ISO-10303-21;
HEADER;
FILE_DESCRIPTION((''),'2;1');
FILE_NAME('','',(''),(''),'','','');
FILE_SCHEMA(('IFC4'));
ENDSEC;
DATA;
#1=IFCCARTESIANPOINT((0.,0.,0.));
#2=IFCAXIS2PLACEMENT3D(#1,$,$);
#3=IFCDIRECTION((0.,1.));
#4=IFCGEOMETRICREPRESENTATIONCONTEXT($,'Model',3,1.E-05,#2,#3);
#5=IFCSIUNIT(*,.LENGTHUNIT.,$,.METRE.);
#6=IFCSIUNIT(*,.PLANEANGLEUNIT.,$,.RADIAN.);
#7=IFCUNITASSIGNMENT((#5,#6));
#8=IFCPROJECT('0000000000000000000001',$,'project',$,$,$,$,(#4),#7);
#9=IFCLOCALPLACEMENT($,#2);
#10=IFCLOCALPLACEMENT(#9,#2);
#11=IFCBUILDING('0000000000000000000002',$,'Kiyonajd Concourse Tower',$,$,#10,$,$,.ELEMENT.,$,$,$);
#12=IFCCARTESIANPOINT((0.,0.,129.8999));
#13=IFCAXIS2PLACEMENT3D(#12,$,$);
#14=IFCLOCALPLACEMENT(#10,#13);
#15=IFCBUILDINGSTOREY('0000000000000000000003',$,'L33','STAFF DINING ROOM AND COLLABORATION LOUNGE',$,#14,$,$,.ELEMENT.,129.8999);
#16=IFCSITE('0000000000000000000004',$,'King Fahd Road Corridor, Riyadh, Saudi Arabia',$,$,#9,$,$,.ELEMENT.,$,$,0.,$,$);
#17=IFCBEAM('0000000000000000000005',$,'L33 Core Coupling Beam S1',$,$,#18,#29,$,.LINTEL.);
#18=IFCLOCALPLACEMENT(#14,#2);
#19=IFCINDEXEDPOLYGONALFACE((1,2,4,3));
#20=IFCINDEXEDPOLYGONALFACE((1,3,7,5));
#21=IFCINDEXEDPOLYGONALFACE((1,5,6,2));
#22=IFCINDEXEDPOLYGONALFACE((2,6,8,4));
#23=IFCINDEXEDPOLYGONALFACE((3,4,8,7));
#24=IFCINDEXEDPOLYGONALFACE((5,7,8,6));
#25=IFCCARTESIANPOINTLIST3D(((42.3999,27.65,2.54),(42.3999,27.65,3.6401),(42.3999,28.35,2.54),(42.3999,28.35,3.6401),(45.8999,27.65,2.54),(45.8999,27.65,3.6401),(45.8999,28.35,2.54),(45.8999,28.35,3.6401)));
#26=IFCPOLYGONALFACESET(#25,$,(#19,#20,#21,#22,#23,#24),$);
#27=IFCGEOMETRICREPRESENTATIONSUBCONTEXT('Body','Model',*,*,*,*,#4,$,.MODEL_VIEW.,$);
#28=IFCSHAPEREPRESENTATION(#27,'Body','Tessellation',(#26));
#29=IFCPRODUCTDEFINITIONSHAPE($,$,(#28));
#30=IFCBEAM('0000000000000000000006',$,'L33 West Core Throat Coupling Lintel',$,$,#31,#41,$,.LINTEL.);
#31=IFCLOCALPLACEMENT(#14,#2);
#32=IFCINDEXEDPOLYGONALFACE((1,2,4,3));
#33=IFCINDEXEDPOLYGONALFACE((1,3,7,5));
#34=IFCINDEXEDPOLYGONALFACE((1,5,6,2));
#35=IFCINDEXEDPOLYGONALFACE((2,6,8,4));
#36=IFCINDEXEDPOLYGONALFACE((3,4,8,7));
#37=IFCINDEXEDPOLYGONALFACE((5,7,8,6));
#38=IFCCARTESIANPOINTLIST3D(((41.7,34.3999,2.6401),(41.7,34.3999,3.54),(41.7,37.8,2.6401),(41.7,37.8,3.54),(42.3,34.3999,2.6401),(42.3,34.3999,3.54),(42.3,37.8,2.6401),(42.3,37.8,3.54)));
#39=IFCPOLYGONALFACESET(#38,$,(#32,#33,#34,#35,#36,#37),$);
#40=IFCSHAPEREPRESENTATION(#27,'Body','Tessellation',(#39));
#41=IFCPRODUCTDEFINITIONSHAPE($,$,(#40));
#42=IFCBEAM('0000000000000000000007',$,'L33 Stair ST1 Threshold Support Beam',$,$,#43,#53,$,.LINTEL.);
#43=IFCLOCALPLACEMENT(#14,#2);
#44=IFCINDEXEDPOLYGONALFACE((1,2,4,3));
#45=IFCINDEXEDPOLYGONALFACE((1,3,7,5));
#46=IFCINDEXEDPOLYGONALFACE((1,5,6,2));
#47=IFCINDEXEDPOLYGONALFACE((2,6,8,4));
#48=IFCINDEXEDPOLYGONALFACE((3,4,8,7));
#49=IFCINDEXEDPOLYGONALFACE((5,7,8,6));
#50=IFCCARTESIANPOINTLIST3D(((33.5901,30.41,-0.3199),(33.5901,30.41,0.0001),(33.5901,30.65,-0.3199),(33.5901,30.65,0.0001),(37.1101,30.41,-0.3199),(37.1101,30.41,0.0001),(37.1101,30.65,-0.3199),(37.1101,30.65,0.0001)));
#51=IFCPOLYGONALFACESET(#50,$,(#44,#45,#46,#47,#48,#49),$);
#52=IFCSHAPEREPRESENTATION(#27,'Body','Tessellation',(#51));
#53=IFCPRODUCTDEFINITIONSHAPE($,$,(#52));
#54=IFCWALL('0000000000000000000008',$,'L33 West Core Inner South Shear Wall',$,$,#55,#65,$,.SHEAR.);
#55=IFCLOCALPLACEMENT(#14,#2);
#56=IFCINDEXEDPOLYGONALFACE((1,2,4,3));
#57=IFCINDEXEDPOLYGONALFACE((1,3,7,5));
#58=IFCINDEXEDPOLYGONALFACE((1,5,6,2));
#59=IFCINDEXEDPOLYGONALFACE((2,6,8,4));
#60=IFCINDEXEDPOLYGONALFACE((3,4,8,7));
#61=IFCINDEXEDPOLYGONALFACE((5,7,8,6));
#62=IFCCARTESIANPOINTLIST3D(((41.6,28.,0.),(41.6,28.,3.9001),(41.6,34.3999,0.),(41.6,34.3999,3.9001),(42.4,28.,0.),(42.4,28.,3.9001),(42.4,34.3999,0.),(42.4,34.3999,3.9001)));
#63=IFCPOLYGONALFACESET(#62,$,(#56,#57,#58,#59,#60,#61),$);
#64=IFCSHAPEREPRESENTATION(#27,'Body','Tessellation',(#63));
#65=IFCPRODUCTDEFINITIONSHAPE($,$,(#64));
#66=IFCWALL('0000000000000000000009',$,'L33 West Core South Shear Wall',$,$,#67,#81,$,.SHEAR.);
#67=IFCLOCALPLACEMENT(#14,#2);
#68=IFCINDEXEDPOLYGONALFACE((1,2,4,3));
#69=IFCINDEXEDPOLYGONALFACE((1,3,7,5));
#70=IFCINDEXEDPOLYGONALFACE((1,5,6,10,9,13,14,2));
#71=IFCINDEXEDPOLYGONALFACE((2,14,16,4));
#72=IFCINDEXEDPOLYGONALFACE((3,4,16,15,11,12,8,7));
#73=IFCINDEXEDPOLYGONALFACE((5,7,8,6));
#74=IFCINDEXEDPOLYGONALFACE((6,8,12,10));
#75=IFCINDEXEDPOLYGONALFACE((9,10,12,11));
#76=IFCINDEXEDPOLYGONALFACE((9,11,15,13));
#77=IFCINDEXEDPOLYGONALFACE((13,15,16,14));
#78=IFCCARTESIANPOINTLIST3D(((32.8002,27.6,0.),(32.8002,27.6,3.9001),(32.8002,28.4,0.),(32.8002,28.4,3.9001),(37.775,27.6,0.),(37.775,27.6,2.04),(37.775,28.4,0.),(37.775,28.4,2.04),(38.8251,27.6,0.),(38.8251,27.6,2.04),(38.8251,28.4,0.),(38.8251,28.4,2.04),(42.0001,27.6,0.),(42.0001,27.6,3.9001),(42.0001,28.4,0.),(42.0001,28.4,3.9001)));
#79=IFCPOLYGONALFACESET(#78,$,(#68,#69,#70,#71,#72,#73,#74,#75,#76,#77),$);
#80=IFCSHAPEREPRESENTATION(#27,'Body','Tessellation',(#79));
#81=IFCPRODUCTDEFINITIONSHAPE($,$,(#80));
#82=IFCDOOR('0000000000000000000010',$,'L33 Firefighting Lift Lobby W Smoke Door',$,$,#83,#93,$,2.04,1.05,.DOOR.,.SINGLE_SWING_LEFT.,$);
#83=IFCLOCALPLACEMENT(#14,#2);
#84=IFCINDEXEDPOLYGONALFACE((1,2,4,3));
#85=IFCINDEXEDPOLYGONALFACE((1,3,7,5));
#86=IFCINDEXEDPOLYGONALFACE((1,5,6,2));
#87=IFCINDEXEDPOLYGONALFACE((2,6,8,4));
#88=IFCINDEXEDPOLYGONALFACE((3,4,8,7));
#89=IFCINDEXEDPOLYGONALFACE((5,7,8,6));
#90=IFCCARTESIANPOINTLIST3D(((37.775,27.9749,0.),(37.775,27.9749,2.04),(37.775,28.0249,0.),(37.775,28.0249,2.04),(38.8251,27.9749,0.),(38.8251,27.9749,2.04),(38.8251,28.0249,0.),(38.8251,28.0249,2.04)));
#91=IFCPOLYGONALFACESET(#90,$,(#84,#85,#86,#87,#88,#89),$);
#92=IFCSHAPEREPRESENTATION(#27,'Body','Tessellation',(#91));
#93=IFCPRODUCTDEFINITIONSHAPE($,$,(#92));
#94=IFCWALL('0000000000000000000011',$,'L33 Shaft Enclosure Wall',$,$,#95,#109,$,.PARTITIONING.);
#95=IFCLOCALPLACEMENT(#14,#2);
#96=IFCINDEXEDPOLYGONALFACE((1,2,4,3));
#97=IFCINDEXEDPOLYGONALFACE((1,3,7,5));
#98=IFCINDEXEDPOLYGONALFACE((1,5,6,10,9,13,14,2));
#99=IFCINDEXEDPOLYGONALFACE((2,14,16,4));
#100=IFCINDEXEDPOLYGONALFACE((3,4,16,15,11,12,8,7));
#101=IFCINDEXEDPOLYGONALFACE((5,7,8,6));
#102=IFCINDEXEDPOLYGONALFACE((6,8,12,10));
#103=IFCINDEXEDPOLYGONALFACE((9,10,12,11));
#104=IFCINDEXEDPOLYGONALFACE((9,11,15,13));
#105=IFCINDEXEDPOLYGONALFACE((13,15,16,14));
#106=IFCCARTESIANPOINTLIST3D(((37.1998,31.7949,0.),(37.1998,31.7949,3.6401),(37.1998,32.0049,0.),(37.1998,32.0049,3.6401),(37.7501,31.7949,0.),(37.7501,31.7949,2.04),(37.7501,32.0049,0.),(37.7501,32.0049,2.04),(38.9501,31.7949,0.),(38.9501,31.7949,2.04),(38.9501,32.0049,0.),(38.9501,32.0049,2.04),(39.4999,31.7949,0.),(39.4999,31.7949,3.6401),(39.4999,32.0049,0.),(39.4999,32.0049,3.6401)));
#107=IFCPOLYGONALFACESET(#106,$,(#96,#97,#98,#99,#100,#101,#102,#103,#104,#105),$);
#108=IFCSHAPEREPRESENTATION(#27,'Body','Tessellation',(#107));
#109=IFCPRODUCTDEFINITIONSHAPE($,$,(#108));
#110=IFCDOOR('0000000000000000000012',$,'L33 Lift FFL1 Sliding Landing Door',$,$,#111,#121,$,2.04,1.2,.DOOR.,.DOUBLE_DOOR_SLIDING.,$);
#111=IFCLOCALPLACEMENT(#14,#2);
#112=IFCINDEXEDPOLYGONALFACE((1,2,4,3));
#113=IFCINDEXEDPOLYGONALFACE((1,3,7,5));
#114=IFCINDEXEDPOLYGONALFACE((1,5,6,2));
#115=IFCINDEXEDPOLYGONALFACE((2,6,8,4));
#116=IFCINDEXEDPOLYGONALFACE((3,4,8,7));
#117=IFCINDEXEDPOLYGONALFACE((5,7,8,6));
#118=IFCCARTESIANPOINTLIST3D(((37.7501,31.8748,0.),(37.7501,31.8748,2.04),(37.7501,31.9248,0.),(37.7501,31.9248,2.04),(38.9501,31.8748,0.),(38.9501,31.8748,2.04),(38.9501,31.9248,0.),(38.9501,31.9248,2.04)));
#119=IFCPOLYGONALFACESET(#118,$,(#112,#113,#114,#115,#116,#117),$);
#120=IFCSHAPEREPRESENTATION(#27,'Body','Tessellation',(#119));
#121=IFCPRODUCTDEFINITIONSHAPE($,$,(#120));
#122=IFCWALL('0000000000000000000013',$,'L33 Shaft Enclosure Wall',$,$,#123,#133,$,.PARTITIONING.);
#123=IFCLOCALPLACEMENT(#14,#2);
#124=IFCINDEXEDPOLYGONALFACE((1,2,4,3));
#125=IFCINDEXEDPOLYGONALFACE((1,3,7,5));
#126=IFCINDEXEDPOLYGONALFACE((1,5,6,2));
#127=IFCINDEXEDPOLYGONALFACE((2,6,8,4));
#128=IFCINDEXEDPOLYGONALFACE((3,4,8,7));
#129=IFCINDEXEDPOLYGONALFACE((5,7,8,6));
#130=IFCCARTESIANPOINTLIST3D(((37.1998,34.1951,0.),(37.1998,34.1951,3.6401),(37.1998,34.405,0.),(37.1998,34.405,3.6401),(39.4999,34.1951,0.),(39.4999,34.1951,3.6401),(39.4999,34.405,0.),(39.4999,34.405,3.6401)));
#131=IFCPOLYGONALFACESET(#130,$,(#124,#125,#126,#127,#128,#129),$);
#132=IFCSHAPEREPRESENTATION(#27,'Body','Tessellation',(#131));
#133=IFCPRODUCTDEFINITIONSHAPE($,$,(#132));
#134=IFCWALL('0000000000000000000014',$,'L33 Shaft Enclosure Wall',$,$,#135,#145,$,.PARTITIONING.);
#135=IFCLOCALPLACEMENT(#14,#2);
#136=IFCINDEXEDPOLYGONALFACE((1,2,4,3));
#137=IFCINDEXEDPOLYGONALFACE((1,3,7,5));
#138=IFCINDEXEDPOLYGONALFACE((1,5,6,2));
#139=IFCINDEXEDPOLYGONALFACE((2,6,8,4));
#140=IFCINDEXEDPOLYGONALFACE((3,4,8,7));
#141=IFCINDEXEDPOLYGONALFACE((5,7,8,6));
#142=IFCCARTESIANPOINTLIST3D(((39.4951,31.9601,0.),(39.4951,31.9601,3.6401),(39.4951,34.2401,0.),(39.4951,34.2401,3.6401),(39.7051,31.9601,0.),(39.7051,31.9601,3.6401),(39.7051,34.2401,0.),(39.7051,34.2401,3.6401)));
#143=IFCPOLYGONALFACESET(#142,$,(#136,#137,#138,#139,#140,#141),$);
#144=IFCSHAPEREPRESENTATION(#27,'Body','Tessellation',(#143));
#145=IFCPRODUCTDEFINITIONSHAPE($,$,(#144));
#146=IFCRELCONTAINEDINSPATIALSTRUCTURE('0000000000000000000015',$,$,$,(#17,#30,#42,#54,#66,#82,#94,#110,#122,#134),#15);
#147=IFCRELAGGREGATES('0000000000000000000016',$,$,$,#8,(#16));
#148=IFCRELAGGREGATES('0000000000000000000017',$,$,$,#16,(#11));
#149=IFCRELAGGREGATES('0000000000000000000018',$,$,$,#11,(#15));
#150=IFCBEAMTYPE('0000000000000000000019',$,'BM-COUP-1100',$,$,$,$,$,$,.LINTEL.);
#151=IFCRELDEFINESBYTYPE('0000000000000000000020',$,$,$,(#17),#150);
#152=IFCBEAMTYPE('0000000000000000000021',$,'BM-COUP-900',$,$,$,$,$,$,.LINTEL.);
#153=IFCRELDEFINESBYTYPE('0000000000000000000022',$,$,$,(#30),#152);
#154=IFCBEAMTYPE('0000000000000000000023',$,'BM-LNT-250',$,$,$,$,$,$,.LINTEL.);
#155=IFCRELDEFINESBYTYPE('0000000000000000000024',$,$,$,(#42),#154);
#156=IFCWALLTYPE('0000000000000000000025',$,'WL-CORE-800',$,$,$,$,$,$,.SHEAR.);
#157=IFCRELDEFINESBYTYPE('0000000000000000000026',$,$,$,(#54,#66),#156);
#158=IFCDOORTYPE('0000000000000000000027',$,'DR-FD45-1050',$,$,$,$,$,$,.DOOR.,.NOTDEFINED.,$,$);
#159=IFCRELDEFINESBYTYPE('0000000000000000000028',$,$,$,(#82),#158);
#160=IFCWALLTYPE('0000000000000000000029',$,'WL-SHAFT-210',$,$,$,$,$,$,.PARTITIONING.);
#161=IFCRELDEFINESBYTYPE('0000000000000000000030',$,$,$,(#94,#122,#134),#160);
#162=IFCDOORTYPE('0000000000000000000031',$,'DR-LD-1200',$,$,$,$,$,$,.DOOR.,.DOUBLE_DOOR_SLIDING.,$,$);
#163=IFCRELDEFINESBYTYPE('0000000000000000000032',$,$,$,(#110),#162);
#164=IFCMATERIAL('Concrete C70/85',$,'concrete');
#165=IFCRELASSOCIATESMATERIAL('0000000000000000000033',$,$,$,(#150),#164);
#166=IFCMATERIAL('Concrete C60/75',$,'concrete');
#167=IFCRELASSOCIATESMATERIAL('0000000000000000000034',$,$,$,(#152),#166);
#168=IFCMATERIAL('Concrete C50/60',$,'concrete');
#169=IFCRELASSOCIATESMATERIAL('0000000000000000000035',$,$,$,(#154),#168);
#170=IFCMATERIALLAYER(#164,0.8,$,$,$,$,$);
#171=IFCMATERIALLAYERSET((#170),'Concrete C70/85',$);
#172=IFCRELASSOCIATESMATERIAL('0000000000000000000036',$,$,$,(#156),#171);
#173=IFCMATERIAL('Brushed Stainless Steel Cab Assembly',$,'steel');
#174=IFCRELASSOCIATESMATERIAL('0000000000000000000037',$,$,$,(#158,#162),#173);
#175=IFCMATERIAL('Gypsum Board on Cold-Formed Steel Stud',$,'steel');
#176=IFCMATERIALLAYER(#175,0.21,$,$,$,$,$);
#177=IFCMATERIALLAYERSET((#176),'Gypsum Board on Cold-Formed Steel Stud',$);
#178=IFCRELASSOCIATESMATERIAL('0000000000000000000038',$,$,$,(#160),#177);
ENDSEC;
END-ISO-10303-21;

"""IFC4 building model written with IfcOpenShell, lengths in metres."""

from ifc_helpers import new_model, si_unit, direction, frame, frame_2d, origin, origin_2d, place, context, subcontext, project, spatial, rectangle, extrude, material, layer, layer_set, material_profile, profile_set, type_object, element, fill, save


model = new_model("IFC4")

# Units and contexts
model_context = context("Model", 3, precision=1e-05, world=origin(), true_north=direction((0.0, 1.0)))
body_context = subcontext(model_context, "Body", "Model", "MODEL_VIEW")
ifc_project = project(units=[si_unit("LENGTHUNIT", "METRE"), si_unit("PLANEANGLEUNIT", "RADIAN")], contexts=[model_context])

# Site, building, storey
site_placement = place(None, origin())
site = spatial("IfcSite", under=ifc_project, at=site_placement, Name="King Fahd Road Corridor, Riyadh, Saudi Arabia", CompositionType="ELEMENT", RefElevation=0.0)
building_placement = place(site_placement, origin())
building = spatial("IfcBuilding", under=site, at=building_placement, Name="Kiyonajd Concourse Tower", CompositionType="ELEMENT")
storey_placement = place(building_placement, frame((0.0, 0.0, 129.8999)))
storey = spatial("IfcBuildingStorey", under=building, at=storey_placement, Name="L33", Description="STAFF DINING ROOM AND COLLABORATION LOUNGE", CompositionType="ELEMENT", Elevation=129.8999)

# Beams
ifc_material_1 = material(Name="Concrete C70/85", Category="concrete")
ifc_material_profile_1 = material_profile(ifc_material_1, rectangle(XDim=0.7, YDim=1.1001, at=origin_2d()), Name="RCBM-700x1100")
ifc_profile_set_1 = profile_set([ifc_material_profile_1], Name="Concrete C70/85")
beam_type_1 = type_object("IfcBeamType", Name="BM-COUP-1100", PredefinedType="LINTEL", material=ifc_profile_set_1)
beam_1_placement = place(storey_placement, frame((42.3999, 28.0, 3.0901), z_axis=(1.0, 0.0, 0.0), x_axis=(0.0, 1.0, 0.0)))
element("IfcBeam", 1, at=beam_1_placement, inside=storey, type_object=beam_type_1, Name="L33 Core Coupling Beam S1", PredefinedType="LINTEL", context=body_context, shape_type="SweptSolid", body=[
    extrude(rectangle(XDim=0.7, YDim=1.1001, at=origin_2d()), origin(), (0.0, 0.0, 1.0), 3.5),
])
ifc_material_2 = material(Name="Concrete C60/75", Category="concrete")
ifc_material_profile_2 = material_profile(ifc_material_2, rectangle(XDim=0.6001, YDim=0.8999, at=origin_2d()), Name="RCBM-600x900")
ifc_profile_set_2 = profile_set([ifc_material_profile_2], Name="Concrete C60/75")
beam_type_2 = type_object("IfcBeamType", Name="BM-COUP-900", PredefinedType="LINTEL", material=ifc_profile_set_2)
beam_2_placement = place(storey_placement, frame((42.0, 34.3999, 3.0901), z_axis=(0.0, 1.0, 0.0), x_axis=(-1.0, 0.0, 0.0)))
element("IfcBeam", 2, at=beam_2_placement, inside=storey, type_object=beam_type_2, Name="L33 West Core Throat Coupling Lintel", PredefinedType="LINTEL", context=body_context, shape_type="SweptSolid", body=[
    extrude(rectangle(XDim=0.6001, YDim=0.8999, at=origin_2d()), origin(), (0.0, 0.0, 1.0), 3.4001),
])
ifc_material_3 = material(Name="Concrete C50/60", Category="concrete")
ifc_material_profile_3 = material_profile(ifc_material_3, rectangle(XDim=0.24, YDim=0.3201, at=origin_2d()), Name="RCBM-240x320")
ifc_profile_set_3 = profile_set([ifc_material_profile_3], Name="Concrete C50/60")
beam_type_3 = type_object("IfcBeamType", Name="BM-LNT-250", PredefinedType="LINTEL", material=ifc_profile_set_3)
beam_3_placement = place(storey_placement, frame((33.5901, 30.53, -0.1599), z_axis=(1.0, 0.0, 0.0), x_axis=(0.0, 1.0, 0.0)))
element("IfcBeam", 3, at=beam_3_placement, inside=storey, type_object=beam_type_3, Name="L33 Stair ST1 Threshold Support Beam", PredefinedType="LINTEL", context=body_context, shape_type="SweptSolid", body=[
    extrude(rectangle(XDim=0.24, YDim=0.3201, at=origin_2d()), origin(), (0.0, 0.0, 1.0), 3.52),
])

# Wall
ifc_layer_1 = layer(ifc_material_1, 0.8)
ifc_layer_set_1 = layer_set([ifc_layer_1], Name="Concrete C70/85")
wall_type_1 = type_object("IfcWallType", Name="WL-CORE-800", PredefinedType="SHEAR", material=ifc_layer_set_1)
wall_1_placement = place(storey_placement, frame((42.0, 28.0, 0.0), z_axis=(0.0, 0.0, 1.0), x_axis=(0.0, 1.0, 0.0)))
element("IfcWall", 4, at=wall_1_placement, inside=storey, type_object=wall_type_1, Name="L33 West Core Inner South Shear Wall", PredefinedType="SHEAR", context=body_context, shape_type="SweptSolid", body=[
    extrude(rectangle(XDim=6.3999, YDim=0.8, at=frame_2d((3.2, 0.0))), origin(), (0.0, 0.0, 1.0), 3.9001),
])

# Walls, openings, doors
wall_2_placement = place(storey_placement, frame((32.8, 28.0, 0.0), z_axis=(0.0, 0.0, 1.0), x_axis=(1.0, 0.0, 0.0)))
wall_2 = element("IfcWall", 5, at=wall_2_placement, inside=storey, type_object=wall_type_1, Name="L33 West Core South Shear Wall", PredefinedType="SHEAR", context=body_context, shape_type="SweptSolid", body=[
    extrude(rectangle(XDim=9.2, YDim=0.8, at=frame_2d((4.6001, 0.0))), origin(), (0.0, 0.0, 1.0), 3.9001),
])
opening_1_placement = place(wall_2_placement, frame((4.9751, 0.0, 0.0)))
opening_1 = element("IfcOpeningElement", 6, at=opening_1_placement, cuts=wall_2, PredefinedType="OPENING", context=body_context, shape_type="SweptSolid", body=[
    extrude(rectangle(XDim=1.05, YDim=2.04, at=frame_2d((0.5249, 1.02))), frame((0.0, 0.4099, 0.0), z_axis=(0.0, -1.0, 0.0), x_axis=(1.0, 0.0, 0.0)), (0.0, 0.0, 1.0), 0.8201),
])
ifc_material_4 = material(Name="Brushed Stainless Steel Cab Assembly", Category="steel")
door_type_1 = type_object("IfcDoorType", Name="DR-FD45-1050", OperationType="NOTDEFINED", PredefinedType="DOOR", material=ifc_material_4)
door_1_placement = place(opening_1_placement, origin())
door_1 = element("IfcDoor", 7, at=door_1_placement, inside=storey, type_object=door_type_1, Name="L33 Firefighting Lift Lobby W Smoke Door", OperationType="SINGLE_SWING_LEFT", OverallHeight=2.04, OverallWidth=1.05, PredefinedType="DOOR", context=body_context, shape_type="SweptSolid", body=[
    extrude(rectangle(XDim=1.05, YDim=2.04, at=frame_2d((0.5249, 1.02))), frame((0.0, 0.0249, 0.0), z_axis=(0.0, -1.0, 0.0), x_axis=(1.0, 0.0, 0.0)), (0.0, 0.0, 1.0), 0.05),
])
fill(opening_1, door_1)
ifc_material_5 = material(Name="Gypsum Board on Cold-Formed Steel Stud", Category="steel")
ifc_layer_2 = layer(ifc_material_5, 0.21)
ifc_layer_set_2 = layer_set([ifc_layer_2], Name="Gypsum Board on Cold-Formed Steel Stud")
wall_type_2 = type_object("IfcWallType", Name="WL-SHAFT-210", PredefinedType="PARTITIONING", material=ifc_layer_set_2)
wall_3_placement = place(storey_placement, frame((37.2, 31.8999, 0.0), z_axis=(0.0, 0.0, 1.0), x_axis=(1.0, 0.0, 0.0)))
wall_3 = element("IfcWall", 8, at=wall_3_placement, inside=storey, type_object=wall_type_2, Name="L33 Shaft Enclosure Wall", PredefinedType="PARTITIONING", context=body_context, shape_type="SweptSolid", body=[
    extrude(rectangle(XDim=2.3, YDim=0.21, at=frame_2d((1.1499, 0.0))), origin(), (0.0, 0.0, 1.0), 3.6401),
])
opening_2_placement = place(wall_3_placement, frame((0.55, 0.0, 0.0)))
opening_2 = element("IfcOpeningElement", 9, at=opening_2_placement, cuts=wall_3, PredefinedType="OPENING", context=body_context, shape_type="SweptSolid", body=[
    extrude(rectangle(XDim=1.2, YDim=2.04, at=frame_2d((0.6001, 1.02))), frame((0.0, 0.115, 0.0), z_axis=(0.0, -1.0, 0.0), x_axis=(1.0, 0.0, 0.0)), (0.0, 0.0, 1.0), 0.23),
])
door_type_2 = type_object("IfcDoorType", Name="DR-LD-1200", OperationType="DOUBLE_DOOR_SLIDING", PredefinedType="DOOR", material=ifc_material_4)
door_2_placement = place(opening_2_placement, origin())
door_2 = element("IfcDoor", 10, at=door_2_placement, inside=storey, type_object=door_type_2, Name="L33 Lift FFL1 Sliding Landing Door", OperationType="DOUBLE_DOOR_SLIDING", OverallHeight=2.04, OverallWidth=1.2, PredefinedType="DOOR", context=body_context, shape_type="SweptSolid", body=[
    extrude(rectangle(XDim=1.2, YDim=2.04, at=frame_2d((0.6001, 1.02))), frame((0.0, 0.0249, 0.0), z_axis=(0.0, -1.0, 0.0), x_axis=(1.0, 0.0, 0.0)), (0.0, 0.0, 1.0), 0.05),
])
fill(opening_2, door_2)

# Walls
wall_4_placement = place(storey_placement, frame((37.2, 34.3, 0.0), z_axis=(0.0, 0.0, 1.0), x_axis=(1.0, 0.0, 0.0)))
element("IfcWall", 11, at=wall_4_placement, inside=storey, type_object=wall_type_2, Name="L33 Shaft Enclosure Wall", PredefinedType="PARTITIONING", context=body_context, shape_type="SweptSolid", body=[
    extrude(rectangle(XDim=2.3, YDim=0.21, at=frame_2d((1.1499, 0.0))), origin(), (0.0, 0.0, 1.0), 3.6401),
])
wall_5_placement = place(storey_placement, frame((39.6001, 31.96, 0.0), z_axis=(0.0, 0.0, 1.0), x_axis=(0.0, 1.0, 0.0)))
element("IfcWall", 12, at=wall_5_placement, inside=storey, type_object=wall_type_2, Name="L33 Shaft Enclosure Wall", PredefinedType="PARTITIONING", context=body_context, shape_type="SweptSolid", body=[
    extrude(rectangle(XDim=2.28, YDim=0.21, at=frame_2d((1.1401, 0.0))), origin(), (0.0, 0.0, 1.0), 3.6401),
])

save(model, "model.ifc")
